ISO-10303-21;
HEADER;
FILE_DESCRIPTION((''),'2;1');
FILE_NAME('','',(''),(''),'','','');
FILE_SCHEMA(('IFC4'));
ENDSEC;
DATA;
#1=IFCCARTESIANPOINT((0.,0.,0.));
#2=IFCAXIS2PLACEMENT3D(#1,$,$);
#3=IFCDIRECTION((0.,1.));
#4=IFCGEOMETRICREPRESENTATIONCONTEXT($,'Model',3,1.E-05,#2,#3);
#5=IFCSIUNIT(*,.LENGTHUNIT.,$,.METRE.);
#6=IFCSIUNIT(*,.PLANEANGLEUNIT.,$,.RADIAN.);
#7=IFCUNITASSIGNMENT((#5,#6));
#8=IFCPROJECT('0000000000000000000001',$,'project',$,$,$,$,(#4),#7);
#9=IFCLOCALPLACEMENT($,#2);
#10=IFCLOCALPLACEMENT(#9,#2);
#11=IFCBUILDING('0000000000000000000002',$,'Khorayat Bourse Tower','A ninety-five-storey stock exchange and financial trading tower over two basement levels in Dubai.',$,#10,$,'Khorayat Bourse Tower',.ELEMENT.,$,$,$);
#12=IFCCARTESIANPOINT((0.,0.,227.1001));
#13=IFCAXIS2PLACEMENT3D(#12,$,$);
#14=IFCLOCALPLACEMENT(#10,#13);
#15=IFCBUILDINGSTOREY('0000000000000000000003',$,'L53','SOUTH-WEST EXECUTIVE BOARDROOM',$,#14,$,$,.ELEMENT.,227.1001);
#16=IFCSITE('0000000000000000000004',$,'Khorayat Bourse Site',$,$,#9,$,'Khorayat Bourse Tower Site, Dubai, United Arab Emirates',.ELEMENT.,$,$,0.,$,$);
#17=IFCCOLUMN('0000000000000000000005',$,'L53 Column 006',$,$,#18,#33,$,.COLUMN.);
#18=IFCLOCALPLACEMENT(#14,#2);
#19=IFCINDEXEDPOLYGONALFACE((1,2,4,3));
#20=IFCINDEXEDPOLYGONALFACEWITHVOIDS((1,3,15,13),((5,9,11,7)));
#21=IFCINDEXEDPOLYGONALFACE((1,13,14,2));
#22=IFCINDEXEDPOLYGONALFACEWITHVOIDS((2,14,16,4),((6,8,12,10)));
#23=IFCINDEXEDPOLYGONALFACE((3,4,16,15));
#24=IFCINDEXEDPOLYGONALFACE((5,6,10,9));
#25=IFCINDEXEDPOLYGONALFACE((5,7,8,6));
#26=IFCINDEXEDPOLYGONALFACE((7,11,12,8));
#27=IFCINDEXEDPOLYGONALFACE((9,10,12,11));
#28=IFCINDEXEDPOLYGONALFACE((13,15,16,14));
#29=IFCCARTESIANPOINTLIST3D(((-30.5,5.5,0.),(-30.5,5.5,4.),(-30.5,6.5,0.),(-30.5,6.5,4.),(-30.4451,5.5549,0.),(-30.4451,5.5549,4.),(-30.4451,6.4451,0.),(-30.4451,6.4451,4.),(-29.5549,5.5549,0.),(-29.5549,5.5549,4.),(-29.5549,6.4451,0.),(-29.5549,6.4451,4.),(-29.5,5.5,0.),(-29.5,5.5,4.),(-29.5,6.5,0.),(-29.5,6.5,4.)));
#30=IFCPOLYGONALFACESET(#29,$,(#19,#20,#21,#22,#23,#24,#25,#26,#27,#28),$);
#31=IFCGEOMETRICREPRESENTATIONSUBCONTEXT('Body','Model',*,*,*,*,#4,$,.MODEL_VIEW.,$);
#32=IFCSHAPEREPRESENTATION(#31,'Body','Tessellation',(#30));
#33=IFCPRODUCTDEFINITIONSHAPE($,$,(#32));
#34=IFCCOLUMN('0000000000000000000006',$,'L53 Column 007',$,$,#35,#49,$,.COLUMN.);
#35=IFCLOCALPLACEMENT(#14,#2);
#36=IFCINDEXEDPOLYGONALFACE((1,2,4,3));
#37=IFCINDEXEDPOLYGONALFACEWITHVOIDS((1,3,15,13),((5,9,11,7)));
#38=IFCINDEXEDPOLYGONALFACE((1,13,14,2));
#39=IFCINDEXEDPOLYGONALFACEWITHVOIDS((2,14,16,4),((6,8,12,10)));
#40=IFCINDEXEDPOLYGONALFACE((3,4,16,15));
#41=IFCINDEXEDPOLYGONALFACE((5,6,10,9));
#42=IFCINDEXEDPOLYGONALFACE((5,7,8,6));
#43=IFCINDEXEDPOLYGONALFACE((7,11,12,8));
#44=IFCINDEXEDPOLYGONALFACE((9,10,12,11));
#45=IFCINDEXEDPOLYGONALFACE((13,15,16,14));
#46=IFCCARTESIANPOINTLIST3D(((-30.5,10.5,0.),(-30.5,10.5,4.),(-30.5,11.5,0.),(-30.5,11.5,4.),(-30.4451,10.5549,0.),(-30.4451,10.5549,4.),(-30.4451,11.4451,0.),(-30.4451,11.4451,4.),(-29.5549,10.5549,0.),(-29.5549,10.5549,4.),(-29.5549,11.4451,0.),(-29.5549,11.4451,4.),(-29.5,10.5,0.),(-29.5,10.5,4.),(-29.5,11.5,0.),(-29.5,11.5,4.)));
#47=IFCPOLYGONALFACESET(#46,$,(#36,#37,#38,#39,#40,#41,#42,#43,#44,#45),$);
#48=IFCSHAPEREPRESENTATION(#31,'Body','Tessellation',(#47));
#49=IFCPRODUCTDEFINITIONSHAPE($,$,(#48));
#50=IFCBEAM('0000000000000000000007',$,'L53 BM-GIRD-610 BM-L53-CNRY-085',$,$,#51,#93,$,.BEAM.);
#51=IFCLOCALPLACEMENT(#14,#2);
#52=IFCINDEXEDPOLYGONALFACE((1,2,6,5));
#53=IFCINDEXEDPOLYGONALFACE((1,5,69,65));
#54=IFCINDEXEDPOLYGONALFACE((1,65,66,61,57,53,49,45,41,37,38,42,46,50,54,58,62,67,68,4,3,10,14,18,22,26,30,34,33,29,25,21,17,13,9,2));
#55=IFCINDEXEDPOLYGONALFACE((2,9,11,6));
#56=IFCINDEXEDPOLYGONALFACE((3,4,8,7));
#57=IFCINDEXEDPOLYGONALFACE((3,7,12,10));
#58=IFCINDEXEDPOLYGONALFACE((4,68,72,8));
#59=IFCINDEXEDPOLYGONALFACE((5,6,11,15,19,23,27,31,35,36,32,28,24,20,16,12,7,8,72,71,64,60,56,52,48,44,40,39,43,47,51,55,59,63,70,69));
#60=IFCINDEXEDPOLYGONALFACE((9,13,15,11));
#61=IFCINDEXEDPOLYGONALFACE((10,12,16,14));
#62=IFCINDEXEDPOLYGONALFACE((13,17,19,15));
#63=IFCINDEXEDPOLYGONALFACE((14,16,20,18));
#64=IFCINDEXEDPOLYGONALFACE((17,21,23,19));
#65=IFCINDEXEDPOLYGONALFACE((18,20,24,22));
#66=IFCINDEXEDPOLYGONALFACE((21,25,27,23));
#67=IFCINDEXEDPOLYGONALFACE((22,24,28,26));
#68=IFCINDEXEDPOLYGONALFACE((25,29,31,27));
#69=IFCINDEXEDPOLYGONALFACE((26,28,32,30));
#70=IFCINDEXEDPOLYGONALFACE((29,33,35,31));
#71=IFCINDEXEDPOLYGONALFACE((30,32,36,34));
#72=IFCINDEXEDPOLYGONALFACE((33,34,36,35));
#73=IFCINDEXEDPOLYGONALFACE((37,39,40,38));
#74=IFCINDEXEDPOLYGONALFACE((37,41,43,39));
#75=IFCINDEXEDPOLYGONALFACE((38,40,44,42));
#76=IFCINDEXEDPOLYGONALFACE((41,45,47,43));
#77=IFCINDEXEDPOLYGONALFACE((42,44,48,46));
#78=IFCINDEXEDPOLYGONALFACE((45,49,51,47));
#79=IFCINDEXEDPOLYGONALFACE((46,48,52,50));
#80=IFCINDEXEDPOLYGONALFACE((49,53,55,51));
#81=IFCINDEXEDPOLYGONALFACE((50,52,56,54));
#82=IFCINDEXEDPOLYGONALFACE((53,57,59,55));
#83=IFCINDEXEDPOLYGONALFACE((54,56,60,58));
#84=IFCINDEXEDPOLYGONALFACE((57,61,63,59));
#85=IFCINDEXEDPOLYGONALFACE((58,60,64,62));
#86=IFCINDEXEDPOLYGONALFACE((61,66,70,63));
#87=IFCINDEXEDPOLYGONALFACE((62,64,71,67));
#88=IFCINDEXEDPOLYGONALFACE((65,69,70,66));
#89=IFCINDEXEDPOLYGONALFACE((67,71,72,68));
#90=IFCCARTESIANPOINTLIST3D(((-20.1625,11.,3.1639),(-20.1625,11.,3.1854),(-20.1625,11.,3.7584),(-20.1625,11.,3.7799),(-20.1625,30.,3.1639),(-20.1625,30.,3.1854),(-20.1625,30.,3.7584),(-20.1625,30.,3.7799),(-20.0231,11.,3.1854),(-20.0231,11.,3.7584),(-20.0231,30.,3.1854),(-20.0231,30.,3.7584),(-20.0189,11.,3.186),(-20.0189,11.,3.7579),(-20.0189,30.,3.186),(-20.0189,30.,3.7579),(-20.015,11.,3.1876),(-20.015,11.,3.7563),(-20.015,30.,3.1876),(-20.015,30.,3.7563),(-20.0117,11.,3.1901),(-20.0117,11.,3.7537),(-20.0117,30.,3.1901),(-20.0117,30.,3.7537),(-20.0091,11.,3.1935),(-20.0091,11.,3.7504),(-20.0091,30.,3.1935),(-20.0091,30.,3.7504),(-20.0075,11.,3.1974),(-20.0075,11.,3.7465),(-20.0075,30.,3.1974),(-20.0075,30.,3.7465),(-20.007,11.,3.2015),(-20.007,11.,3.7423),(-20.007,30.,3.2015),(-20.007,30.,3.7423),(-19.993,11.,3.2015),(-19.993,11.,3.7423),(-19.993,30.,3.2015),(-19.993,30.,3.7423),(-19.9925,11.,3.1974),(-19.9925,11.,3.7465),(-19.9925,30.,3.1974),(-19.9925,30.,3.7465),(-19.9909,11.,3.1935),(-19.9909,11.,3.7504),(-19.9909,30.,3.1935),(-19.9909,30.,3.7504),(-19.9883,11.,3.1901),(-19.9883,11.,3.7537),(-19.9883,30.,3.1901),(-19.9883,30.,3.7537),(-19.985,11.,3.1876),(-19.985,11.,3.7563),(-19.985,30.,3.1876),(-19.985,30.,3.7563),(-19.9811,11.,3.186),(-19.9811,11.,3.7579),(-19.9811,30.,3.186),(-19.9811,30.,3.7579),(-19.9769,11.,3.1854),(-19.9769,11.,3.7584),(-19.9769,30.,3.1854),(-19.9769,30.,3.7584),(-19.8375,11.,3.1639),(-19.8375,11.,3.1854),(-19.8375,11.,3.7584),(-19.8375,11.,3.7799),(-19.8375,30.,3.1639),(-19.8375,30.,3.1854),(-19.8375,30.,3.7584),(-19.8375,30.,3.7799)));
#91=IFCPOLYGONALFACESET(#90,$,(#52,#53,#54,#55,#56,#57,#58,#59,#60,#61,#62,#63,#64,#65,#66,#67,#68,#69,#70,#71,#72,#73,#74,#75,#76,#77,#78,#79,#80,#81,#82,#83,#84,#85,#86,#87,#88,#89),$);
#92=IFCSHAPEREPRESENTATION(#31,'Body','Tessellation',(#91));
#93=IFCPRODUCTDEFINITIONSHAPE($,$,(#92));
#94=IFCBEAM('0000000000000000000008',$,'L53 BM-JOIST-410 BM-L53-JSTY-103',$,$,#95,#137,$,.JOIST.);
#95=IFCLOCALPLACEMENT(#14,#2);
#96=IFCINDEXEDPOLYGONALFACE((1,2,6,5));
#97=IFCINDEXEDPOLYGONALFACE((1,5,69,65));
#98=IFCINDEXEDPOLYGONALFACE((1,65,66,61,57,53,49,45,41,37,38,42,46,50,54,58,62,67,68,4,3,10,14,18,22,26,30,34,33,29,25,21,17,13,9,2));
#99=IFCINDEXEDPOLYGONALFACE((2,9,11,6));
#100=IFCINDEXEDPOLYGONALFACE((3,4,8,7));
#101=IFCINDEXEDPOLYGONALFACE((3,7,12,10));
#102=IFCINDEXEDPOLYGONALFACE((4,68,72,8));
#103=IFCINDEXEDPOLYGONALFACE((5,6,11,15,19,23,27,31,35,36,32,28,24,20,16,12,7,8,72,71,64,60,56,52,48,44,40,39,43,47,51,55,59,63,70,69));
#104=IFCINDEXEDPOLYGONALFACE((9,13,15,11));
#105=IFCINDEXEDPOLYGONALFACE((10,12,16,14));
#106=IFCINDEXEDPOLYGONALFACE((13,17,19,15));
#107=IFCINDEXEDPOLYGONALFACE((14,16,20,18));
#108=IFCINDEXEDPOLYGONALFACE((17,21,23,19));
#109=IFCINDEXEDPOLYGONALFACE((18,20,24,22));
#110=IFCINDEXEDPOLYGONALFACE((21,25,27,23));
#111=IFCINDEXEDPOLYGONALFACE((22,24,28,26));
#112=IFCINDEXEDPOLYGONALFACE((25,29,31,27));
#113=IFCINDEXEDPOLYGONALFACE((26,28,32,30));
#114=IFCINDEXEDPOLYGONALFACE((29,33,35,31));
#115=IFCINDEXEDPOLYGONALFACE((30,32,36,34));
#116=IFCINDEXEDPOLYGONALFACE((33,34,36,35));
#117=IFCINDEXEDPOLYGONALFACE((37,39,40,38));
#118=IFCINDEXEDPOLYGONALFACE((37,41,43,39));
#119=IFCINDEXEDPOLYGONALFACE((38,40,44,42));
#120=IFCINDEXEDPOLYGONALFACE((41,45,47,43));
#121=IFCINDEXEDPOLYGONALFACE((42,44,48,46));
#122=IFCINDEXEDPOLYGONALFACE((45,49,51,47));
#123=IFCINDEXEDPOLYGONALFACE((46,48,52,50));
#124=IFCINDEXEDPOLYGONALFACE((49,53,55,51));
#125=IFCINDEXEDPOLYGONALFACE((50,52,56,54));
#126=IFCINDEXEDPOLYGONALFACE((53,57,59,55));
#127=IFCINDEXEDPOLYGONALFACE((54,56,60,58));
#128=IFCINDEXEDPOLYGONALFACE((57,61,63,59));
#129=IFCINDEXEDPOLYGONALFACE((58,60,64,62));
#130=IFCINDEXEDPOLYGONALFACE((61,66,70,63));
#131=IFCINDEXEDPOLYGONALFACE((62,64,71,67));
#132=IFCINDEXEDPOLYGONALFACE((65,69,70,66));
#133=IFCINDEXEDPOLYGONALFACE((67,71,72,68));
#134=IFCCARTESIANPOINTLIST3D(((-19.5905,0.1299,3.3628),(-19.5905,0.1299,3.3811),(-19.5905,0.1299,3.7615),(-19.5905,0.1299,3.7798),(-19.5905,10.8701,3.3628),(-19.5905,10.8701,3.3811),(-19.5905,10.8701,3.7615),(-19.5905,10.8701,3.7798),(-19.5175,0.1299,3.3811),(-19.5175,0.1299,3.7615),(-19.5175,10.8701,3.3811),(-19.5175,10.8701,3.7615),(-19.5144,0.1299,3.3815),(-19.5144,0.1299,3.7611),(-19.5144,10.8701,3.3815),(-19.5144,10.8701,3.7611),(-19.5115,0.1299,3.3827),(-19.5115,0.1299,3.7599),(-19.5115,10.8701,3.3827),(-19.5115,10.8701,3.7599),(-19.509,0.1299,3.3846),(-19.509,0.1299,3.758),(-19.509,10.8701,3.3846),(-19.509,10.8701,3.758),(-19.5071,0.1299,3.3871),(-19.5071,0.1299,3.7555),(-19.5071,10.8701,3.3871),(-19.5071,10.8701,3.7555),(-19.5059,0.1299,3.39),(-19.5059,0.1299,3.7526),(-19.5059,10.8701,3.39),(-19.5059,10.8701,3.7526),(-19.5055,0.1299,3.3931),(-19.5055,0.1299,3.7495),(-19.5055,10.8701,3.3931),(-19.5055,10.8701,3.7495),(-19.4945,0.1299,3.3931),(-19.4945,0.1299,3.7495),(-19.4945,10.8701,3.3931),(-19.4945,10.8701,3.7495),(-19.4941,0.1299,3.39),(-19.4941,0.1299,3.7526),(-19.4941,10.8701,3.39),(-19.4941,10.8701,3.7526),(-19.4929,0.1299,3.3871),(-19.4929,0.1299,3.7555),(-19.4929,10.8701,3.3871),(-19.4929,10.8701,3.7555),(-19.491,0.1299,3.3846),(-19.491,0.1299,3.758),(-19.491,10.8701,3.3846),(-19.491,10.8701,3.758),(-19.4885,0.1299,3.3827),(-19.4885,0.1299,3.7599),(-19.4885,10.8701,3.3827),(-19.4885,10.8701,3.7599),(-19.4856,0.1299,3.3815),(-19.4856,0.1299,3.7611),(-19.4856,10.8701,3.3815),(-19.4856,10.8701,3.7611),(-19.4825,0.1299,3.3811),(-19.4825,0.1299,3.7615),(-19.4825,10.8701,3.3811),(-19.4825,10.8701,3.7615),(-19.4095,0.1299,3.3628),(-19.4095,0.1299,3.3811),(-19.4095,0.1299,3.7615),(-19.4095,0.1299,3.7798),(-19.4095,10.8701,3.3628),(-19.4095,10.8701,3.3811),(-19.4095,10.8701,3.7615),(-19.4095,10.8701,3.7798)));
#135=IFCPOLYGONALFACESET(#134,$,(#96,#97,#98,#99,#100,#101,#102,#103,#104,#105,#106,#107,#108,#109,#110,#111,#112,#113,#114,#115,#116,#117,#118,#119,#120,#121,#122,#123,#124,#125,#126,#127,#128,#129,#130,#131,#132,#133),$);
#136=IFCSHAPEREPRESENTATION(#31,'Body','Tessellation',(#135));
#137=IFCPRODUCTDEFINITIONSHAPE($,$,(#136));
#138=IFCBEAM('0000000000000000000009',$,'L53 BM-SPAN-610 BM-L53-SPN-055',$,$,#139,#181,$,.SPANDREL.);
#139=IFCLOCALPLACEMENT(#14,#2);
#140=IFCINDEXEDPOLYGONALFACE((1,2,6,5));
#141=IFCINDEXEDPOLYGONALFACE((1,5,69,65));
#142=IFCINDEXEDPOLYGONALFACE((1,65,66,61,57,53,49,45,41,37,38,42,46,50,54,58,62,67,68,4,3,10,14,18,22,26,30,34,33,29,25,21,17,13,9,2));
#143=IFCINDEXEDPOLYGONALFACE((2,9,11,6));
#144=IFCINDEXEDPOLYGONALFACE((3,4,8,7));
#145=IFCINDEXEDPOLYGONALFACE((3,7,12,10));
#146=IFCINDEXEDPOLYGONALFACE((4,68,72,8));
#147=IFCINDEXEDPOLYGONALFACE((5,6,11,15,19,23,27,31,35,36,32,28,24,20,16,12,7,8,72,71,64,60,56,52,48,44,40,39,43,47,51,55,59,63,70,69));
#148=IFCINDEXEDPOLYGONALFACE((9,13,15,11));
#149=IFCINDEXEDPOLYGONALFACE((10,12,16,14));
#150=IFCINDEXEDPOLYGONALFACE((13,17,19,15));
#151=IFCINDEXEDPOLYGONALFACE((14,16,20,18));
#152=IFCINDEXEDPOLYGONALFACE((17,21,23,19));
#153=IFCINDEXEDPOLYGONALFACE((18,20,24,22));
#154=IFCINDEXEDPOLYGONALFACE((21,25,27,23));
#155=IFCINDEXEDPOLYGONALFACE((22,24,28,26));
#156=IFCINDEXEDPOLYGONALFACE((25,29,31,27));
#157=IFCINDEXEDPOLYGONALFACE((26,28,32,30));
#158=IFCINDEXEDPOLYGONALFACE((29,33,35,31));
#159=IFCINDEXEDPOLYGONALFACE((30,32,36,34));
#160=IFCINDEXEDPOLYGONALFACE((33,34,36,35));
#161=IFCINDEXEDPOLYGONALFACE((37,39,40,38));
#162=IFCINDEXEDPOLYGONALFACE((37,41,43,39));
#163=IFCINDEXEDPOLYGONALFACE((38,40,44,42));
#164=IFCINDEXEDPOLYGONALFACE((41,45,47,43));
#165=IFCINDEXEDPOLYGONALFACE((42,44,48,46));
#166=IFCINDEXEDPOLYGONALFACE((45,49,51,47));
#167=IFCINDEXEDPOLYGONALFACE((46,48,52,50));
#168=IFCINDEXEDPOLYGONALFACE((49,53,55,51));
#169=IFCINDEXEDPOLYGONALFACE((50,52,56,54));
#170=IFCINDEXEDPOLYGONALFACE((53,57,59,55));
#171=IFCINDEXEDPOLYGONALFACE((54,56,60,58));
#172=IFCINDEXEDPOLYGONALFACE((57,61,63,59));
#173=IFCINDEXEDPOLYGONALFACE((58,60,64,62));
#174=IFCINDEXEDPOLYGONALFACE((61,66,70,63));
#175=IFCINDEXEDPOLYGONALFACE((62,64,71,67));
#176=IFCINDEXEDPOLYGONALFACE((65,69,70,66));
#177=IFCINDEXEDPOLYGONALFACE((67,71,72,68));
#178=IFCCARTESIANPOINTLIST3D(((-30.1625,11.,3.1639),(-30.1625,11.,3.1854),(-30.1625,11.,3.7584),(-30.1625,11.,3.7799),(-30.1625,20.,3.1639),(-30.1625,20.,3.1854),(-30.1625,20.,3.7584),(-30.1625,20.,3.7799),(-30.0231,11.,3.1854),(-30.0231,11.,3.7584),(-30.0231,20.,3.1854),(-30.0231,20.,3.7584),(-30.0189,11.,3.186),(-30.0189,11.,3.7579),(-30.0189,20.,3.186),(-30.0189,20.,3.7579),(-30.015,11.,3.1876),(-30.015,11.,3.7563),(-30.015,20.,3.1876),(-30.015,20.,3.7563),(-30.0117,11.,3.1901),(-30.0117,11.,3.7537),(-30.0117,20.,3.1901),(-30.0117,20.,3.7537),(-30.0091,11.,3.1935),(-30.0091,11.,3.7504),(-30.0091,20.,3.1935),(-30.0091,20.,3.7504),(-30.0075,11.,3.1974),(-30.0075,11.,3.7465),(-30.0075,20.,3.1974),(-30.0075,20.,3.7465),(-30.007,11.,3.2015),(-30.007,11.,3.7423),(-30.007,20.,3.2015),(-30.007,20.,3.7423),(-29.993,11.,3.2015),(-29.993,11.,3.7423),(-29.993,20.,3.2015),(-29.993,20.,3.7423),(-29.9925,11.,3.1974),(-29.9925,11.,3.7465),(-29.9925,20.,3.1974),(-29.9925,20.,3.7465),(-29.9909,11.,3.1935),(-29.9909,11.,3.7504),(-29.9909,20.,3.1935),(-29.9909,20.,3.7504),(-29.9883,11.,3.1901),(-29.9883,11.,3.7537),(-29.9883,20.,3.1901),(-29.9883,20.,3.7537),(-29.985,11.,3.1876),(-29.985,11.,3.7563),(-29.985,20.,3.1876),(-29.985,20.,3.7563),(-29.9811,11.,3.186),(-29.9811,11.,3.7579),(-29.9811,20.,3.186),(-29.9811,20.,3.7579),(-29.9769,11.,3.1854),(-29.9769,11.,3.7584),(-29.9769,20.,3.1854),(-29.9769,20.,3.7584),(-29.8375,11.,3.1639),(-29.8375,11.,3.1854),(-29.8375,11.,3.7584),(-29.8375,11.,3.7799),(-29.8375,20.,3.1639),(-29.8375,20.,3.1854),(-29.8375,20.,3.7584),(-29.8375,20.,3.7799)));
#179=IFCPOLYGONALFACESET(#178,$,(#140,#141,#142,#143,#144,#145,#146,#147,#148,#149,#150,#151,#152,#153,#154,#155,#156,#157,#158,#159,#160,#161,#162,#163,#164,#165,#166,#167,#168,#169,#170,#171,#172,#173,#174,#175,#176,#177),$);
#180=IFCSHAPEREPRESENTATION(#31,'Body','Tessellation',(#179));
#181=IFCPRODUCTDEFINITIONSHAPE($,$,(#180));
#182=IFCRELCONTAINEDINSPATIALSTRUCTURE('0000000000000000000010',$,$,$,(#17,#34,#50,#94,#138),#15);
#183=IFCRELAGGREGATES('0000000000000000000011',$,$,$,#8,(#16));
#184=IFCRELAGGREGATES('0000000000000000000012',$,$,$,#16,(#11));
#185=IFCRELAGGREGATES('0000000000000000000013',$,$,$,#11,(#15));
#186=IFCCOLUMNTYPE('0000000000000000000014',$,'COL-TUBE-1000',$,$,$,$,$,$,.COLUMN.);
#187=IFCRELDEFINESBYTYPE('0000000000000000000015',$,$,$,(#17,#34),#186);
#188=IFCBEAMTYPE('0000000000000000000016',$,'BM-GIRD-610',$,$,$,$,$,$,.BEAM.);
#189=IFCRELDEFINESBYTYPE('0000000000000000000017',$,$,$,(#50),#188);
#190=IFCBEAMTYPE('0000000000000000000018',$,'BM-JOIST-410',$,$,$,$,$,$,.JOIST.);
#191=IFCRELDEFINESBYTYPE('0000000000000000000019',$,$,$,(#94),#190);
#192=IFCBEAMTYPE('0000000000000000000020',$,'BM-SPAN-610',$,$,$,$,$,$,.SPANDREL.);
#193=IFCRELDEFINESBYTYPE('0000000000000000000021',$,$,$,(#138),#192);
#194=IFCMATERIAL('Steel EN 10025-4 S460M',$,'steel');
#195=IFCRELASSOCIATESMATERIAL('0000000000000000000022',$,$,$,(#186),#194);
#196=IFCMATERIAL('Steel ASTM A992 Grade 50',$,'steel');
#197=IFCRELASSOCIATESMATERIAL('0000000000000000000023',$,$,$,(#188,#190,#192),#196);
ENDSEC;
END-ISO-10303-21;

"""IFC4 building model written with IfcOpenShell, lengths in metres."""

from ifc_helpers import new_model, si_unit, direction, frame, origin, origin_2d, place, context, subcontext, project, spatial, hollow_rectangle, i_section, extrude, source, transform, mapped, material, material_profile, profile_set, type_object, element, save


model = new_model("IFC4")

# Units and contexts
model_context = context("Model", 3, precision=1e-05, world=origin(), true_north=direction((0.0, 1.0)))
body_context = subcontext(model_context, "Body", "Model", "MODEL_VIEW")
ifc_project = project(units=[si_unit("LENGTHUNIT", "METRE"), si_unit("PLANEANGLEUNIT", "RADIAN")], contexts=[model_context])

# Site, building, storey
site_placement = place(None, origin())
site = spatial("IfcSite", under=ifc_project, at=site_placement, Name="Khorayat Bourse Site", LongName="Khorayat Bourse Tower Site, Dubai, United Arab Emirates", CompositionType="ELEMENT", RefElevation=0.0)
building_placement = place(site_placement, origin())
building = spatial("IfcBuilding", under=site, at=building_placement, Name="Khorayat Bourse Tower", Description="A ninety-five-storey stock exchange and financial trading tower over two basement levels in Dubai.", LongName="Khorayat Bourse Tower", CompositionType="ELEMENT")
storey_placement = place(building_placement, frame((0.0, 0.0, 227.1001)))
storey = spatial("IfcBuildingStorey", under=building, at=storey_placement, Name="L53", Description="SOUTH-WEST EXECUTIVE BOARDROOM", CompositionType="ELEMENT", Elevation=227.1001)

# Columns
ifc_material_1 = material(Name="Steel EN 10025-4 S460M", Category="steel")
ifc_material_profile_1 = material_profile(ifc_material_1, hollow_rectangle(XDim=1.0, YDim=1.0, WallThickness=0.0549, at=origin_2d()), Name="BOX 1000x1000x55")
ifc_profile_set_1 = profile_set([ifc_material_profile_1], Name="Steel EN 10025-4 S460M")
column_type = type_object("IfcColumnType", Name="COL-TUBE-1000", PredefinedType="COLUMN", material=ifc_profile_set_1)
shared_shape_1 = source(origin(), body_context, "Body", "SweptSolid", [
    extrude(hollow_rectangle(XDim=1.0, YDim=1.0, WallThickness=0.0549, at=origin_2d()), origin(), (0.0, 0.0, 1.0), 4.0),
])
for number, where, z_axis, x_axis, name in (
    (1, (-30.0, 6.0, 0.0), (0.0, 0.0, 1.0), (1.0, 0.0, 0.0), "L53 Column 006"),
    (2, (-30.0, 11.0, 0.0), (0.0, 0.0, 1.0), (1.0, 0.0, 0.0), "L53 Column 007"),
):
    element("IfcColumn", number, at=place(storey_placement, frame(where, z_axis=z_axis, x_axis=x_axis)), inside=storey, type_object=column_type, Name=name, PredefinedType="COLUMN", context=body_context, shape_type="MappedRepresentation", body=[
        mapped(shared_shape_1, transform((0.0, 0.0, 0.0), scale=1.0)),
    ])

# Beams
ifc_material_2 = material(Name="Steel ASTM A992 Grade 50", Category="steel")
ifc_material_profile_2 = material_profile(ifc_material_2, i_section(OverallWidth=0.325, OverallDepth=0.616, WebThickness=0.0139, FlangeThickness=0.0215, FilletRadius=0.0161, at=origin_2d()), Name="W610X174")
ifc_profile_set_2 = profile_set([ifc_material_profile_2], Name="Steel ASTM A992 Grade 50")
beam_type_1 = type_object("IfcBeamType", Name="BM-GIRD-610", PredefinedType="BEAM", material=ifc_profile_set_2)
shared_shape_2 = source(origin(), body_context, "Body", "SweptSolid", [
    extrude(i_section(OverallWidth=0.325, OverallDepth=0.616, WebThickness=0.0139, FlangeThickness=0.0215, FilletRadius=0.0161, at=origin_2d()), origin(), (0.0, 0.0, 1.0), 19.0),
])
beam_1_placement = place(storey_placement, frame((-20.0, 11.0, 3.4719), z_axis=(0.0, 1.0, 0.0), x_axis=(-1.0, 0.0, 0.0)))
element("IfcBeam", 3, at=beam_1_placement, inside=storey, type_object=beam_type_1, Name="L53 BM-GIRD-610 BM-L53-CNRY-085", PredefinedType="BEAM", context=body_context, shape_type="MappedRepresentation", body=[
    mapped(shared_shape_2, transform((0.0, 0.0, 0.0), scale=1.0)),
])
ifc_material_profile_3 = material_profile(ifc_material_2, i_section(OverallWidth=0.1809, OverallDepth=0.417, WebThickness=0.011, FlangeThickness=0.0183, FilletRadius=0.012, at=origin_2d()), Name="W410X85")
ifc_profile_set_3 = profile_set([ifc_material_profile_3], Name="Steel ASTM A992 Grade 50")
beam_type_2 = type_object("IfcBeamType", Name="BM-JOIST-410", PredefinedType="JOIST", material=ifc_profile_set_3)
shared_shape_3 = source(origin(), body_context, "Body", "SweptSolid", [
    extrude(i_section(OverallWidth=0.1809, OverallDepth=0.417, WebThickness=0.011, FlangeThickness=0.0183, FilletRadius=0.012, at=origin_2d()), origin(), (0.0, 0.0, 1.0), 10.7402),
])
beam_2_placement = place(storey_placement, frame((-19.5, 0.1299, 3.5713), z_axis=(0.0, 1.0, 0.0), x_axis=(-1.0, 0.0, 0.0)))
element("IfcBeam", 4, at=beam_2_placement, inside=storey, type_object=beam_type_2, Name="L53 BM-JOIST-410 BM-L53-JSTY-103", PredefinedType="JOIST", context=body_context, shape_type="MappedRepresentation", body=[
    mapped(shared_shape_3, transform((0.0, 0.0, 0.0), scale=1.0)),
])
ifc_material_profile_4 = material_profile(ifc_material_2, i_section(OverallWidth=0.325, OverallDepth=0.616, WebThickness=0.0139, FlangeThickness=0.0215, FilletRadius=0.0161, at=origin_2d()), Name="W610X174")
ifc_profile_set_4 = profile_set([ifc_material_profile_4], Name="Steel ASTM A992 Grade 50")
beam_type_3 = type_object("IfcBeamType", Name="BM-SPAN-610", PredefinedType="SPANDREL", material=ifc_profile_set_4)
shared_shape_4 = source(origin(), body_context, "Body", "SweptSolid", [
    extrude(i_section(OverallWidth=0.325, OverallDepth=0.616, WebThickness=0.0139, FlangeThickness=0.0215, FilletRadius=0.0161, at=origin_2d()), origin(), (0.0, 0.0, 1.0), 9.0),
])
beam_3_placement = place(storey_placement, frame((-30.0, 11.0, 3.4719), z_axis=(0.0, 1.0, 0.0), x_axis=(-1.0, 0.0, 0.0)))
element("IfcBeam", 5, at=beam_3_placement, inside=storey, type_object=beam_type_3, Name="L53 BM-SPAN-610 BM-L53-SPN-055", PredefinedType="SPANDREL", context=body_context, shape_type="MappedRepresentation", body=[
    mapped(shared_shape_4, transform((0.0, 0.0, 0.0), scale=1.0)),
])

save(model, "model.ifc")
